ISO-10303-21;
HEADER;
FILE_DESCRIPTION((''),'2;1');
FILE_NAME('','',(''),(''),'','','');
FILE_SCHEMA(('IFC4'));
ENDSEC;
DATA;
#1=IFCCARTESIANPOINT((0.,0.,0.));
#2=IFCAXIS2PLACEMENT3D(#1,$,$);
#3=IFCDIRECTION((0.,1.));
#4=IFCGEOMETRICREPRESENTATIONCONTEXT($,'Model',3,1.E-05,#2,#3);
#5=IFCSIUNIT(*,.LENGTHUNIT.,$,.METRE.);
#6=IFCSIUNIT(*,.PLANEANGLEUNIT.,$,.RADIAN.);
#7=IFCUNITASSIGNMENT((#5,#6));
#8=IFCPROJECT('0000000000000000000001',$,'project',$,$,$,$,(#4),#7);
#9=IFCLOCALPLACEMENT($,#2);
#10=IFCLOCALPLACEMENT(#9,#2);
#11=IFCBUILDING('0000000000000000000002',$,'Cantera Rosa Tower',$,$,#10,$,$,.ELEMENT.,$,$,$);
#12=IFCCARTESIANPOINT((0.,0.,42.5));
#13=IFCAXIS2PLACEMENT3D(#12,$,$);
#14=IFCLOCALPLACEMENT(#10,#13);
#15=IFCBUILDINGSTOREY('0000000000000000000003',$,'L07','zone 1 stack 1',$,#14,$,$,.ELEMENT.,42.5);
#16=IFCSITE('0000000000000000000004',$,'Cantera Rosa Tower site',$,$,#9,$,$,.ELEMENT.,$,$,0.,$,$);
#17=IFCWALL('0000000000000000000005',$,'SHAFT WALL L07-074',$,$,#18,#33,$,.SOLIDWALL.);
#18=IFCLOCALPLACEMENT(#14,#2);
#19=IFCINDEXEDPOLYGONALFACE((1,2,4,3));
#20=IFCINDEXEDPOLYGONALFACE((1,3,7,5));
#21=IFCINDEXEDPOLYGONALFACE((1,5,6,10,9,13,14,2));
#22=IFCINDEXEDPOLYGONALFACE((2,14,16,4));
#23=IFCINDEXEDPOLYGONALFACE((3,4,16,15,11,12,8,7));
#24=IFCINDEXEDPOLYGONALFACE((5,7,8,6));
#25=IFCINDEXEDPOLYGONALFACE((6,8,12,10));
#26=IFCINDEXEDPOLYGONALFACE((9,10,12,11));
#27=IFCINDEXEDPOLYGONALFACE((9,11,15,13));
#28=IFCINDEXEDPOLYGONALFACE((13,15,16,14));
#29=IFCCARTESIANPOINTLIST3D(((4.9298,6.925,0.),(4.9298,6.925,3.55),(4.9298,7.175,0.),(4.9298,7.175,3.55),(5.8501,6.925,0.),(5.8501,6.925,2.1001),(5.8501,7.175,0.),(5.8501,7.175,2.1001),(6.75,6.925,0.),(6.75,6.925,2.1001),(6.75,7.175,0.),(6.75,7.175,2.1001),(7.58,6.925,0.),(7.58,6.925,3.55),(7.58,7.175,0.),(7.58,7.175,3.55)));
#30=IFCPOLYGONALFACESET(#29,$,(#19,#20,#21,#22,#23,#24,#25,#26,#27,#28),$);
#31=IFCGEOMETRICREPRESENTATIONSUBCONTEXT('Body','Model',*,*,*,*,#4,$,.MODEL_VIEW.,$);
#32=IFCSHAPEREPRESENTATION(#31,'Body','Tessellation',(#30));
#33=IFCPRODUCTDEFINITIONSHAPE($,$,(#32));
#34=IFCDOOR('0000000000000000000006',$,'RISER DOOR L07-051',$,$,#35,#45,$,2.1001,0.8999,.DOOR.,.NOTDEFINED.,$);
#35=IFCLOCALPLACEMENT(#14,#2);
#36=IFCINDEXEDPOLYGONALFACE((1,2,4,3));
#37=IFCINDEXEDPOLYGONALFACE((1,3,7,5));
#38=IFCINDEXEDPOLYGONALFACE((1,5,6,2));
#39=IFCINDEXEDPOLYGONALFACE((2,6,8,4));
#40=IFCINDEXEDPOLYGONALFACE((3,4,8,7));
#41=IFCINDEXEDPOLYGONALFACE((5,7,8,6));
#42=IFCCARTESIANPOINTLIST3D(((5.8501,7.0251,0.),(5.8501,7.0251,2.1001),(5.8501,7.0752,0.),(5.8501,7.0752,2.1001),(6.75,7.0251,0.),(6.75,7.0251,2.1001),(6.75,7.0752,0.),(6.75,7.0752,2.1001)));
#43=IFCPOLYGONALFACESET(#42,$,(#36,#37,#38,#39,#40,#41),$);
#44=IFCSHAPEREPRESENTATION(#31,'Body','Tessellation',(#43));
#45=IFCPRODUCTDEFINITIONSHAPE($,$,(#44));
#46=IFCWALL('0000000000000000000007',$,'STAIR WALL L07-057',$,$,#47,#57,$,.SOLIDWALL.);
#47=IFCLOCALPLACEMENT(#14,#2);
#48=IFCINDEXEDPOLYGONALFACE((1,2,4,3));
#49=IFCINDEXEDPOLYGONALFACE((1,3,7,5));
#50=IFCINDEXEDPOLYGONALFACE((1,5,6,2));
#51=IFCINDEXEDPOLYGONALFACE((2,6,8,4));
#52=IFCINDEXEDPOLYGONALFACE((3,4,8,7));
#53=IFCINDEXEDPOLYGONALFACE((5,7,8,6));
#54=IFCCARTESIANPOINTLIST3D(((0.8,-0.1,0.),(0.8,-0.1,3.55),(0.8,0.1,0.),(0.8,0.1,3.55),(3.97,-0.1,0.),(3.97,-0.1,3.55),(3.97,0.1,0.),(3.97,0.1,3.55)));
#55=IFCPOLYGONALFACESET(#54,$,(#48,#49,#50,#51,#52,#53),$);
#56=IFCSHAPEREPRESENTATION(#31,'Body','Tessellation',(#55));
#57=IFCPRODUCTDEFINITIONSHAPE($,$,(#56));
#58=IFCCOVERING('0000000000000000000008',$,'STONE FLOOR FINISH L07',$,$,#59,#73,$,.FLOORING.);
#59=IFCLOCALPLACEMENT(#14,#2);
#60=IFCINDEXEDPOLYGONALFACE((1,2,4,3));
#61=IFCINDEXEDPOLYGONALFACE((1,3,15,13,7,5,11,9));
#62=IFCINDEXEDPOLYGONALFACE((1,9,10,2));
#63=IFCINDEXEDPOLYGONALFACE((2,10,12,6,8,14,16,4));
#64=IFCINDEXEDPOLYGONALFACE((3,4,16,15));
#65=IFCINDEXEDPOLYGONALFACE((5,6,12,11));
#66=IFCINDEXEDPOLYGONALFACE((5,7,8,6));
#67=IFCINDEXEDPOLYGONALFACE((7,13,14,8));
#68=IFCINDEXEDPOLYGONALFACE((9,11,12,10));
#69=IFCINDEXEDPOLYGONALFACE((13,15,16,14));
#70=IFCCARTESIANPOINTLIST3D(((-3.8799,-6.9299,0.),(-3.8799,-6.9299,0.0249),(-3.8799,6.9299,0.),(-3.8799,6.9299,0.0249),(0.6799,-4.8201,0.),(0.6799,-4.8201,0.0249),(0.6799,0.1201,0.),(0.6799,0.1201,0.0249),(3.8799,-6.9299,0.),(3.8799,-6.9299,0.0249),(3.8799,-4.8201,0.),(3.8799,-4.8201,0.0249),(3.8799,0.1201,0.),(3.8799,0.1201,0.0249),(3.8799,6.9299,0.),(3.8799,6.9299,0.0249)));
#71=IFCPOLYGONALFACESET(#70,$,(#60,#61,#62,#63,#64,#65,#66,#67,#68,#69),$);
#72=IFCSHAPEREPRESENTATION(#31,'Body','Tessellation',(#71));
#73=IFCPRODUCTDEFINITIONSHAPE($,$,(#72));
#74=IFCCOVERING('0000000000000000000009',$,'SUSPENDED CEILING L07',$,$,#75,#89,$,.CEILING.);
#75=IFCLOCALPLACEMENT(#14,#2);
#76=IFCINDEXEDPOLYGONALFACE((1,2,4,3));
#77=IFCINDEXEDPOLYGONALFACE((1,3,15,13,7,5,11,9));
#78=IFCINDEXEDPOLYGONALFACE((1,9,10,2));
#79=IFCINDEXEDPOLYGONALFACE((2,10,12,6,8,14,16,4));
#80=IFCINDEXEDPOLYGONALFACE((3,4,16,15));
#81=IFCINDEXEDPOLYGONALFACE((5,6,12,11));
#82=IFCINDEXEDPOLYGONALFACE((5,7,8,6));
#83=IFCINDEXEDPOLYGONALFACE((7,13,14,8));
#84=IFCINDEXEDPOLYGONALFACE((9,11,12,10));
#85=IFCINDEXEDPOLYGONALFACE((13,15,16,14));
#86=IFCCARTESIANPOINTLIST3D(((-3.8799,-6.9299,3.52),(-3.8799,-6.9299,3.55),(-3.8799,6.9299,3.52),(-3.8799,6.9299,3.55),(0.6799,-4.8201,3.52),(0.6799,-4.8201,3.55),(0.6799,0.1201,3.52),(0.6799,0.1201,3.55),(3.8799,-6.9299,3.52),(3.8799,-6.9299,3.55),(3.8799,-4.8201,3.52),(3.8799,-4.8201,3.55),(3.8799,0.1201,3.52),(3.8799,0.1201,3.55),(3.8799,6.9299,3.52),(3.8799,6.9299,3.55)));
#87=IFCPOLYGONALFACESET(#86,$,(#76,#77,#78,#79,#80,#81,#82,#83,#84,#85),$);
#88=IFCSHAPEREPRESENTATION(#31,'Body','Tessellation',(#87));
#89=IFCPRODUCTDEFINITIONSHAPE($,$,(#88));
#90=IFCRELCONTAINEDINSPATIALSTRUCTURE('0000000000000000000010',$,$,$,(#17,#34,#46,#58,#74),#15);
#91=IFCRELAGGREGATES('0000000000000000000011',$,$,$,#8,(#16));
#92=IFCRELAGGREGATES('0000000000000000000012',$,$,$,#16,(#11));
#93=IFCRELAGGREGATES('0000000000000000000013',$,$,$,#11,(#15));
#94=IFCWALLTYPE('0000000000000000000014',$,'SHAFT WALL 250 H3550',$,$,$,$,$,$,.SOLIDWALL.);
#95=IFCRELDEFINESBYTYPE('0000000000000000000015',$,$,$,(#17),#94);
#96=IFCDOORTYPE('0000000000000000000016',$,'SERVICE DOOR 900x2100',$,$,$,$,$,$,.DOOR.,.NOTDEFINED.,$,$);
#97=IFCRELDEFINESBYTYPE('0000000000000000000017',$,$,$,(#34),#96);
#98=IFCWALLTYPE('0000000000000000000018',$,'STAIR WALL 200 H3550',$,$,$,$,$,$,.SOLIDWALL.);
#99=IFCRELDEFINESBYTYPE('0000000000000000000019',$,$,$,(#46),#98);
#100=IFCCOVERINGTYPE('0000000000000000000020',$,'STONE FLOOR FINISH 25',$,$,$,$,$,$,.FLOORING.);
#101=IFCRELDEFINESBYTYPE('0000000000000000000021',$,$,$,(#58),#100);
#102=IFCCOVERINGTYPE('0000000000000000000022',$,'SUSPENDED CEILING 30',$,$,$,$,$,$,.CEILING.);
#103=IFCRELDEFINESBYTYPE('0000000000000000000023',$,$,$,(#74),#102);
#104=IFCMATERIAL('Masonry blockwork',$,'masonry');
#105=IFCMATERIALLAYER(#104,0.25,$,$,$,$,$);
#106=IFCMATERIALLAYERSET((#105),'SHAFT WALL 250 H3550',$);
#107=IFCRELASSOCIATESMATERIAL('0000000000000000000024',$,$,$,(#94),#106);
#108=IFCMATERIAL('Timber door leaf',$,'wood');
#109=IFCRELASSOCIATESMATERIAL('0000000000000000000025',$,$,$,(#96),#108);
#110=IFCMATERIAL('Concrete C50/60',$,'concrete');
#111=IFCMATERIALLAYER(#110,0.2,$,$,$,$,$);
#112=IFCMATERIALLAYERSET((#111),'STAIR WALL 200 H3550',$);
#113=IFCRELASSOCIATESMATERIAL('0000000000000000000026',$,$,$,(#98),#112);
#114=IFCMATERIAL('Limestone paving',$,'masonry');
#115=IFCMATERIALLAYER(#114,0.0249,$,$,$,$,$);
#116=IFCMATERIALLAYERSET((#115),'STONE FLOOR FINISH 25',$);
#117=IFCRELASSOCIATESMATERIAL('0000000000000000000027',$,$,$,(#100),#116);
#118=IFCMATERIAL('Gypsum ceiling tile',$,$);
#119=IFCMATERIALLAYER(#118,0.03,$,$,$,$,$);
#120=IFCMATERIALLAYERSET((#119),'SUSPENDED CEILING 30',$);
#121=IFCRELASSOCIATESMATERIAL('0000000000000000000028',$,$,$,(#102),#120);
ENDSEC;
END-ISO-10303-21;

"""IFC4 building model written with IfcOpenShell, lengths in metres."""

from ifc_helpers import new_model, si_unit, direction, frame, frame_2d, origin, place, context, subcontext, project, spatial, polyline, rectangle, outline, extrude, material, layer, layer_set, type_object, element, fill, save


model = new_model("IFC4")

# Units and contexts
model_context = context("Model", 3, precision=1e-05, world=origin(), true_north=direction((0.0, 1.0)))
body_context = subcontext(model_context, "Body", "Model", "MODEL_VIEW")
ifc_project = project(units=[si_unit("LENGTHUNIT", "METRE"), si_unit("PLANEANGLEUNIT", "RADIAN")], contexts=[model_context])

# Site, building, storey
site_placement = place(None, origin())
site = spatial("IfcSite", under=ifc_project, at=site_placement, Name="Cantera Rosa Tower site", CompositionType="ELEMENT", RefElevation=0.0)
building_placement = place(site_placement, origin())
building = spatial("IfcBuilding", under=site, at=building_placement, Name="Cantera Rosa Tower", CompositionType="ELEMENT")
storey_placement = place(building_placement, frame((0.0, 0.0, 42.5)))
storey = spatial("IfcBuildingStorey", under=building, at=storey_placement, Name="L07", Description="zone 1 stack 1", CompositionType="ELEMENT", Elevation=42.5)

# Shared definitions
ifc_material_1 = material(Name="Masonry blockwork", Category="masonry")
ifc_layer_1 = layer(ifc_material_1, 0.25)
ifc_layer_set_1 = layer_set([ifc_layer_1], Name="SHAFT WALL 250 H3550")
wall_type_1 = type_object("IfcWallType", Name="SHAFT WALL 250 H3550", PredefinedType="SOLIDWALL", material=ifc_layer_set_1)

# Wall, opening, door
wall_1_placement = place(storey_placement, frame((7.5801, 7.05, 0.0), z_axis=(0.0, 0.0, 1.0), x_axis=(-1.0, 0.0, 0.0)))
wall_1 = element("IfcWall", 1, at=wall_1_placement, inside=storey, type_object=wall_type_1, Name="SHAFT WALL L07-074", PredefinedType="SOLIDWALL", context=body_context, shape_type="SweptSolid", body=[
    extrude(rectangle(XDim=2.6501, YDim=0.25, at=frame_2d((1.3252, 0.0))), origin(), (0.0, 0.0, 1.0), 3.55),
])
opening_placement = place(wall_1_placement, frame((0.8301, 0.0, 0.0)))
opening = element("IfcOpeningElement", 2, at=opening_placement, cuts=wall_1, PredefinedType="OPENING", context=body_context, shape_type="SweptSolid", body=[
    extrude(rectangle(XDim=0.8999, YDim=2.1001, at=frame_2d((0.45, 1.05))), frame((0.0, 0.135, 0.0), z_axis=(0.0, -1.0, 0.0), x_axis=(1.0, 0.0, 0.0)), (0.0, 0.0, 1.0), 0.27),
])
ifc_material_2 = material(Name="Timber door leaf", Category="wood")
door_type = type_object("IfcDoorType", Name="SERVICE DOOR 900x2100", OperationType="NOTDEFINED", PredefinedType="DOOR", material=ifc_material_2)
door_placement = place(opening_placement, origin())
door = element("IfcDoor", 3, at=door_placement, inside=storey, type_object=door_type, Name="RISER DOOR L07-051", OperationType="NOTDEFINED", OverallHeight=2.1001, OverallWidth=0.8999, PredefinedType="DOOR", context=body_context, shape_type="SweptSolid", body=[
    extrude(rectangle(XDim=0.8999, YDim=2.1001, at=frame_2d((0.45, 1.05))), frame((0.0, 0.0249, 0.0), z_axis=(0.0, -1.0, 0.0), x_axis=(1.0, 0.0, 0.0)), (0.0, 0.0, 1.0), 0.05),
])
fill(opening, door)

# Wall
ifc_material_3 = material(Name="Concrete C50/60", Category="concrete")
ifc_layer_2 = layer(ifc_material_3, 0.2)
ifc_layer_set_2 = layer_set([ifc_layer_2], Name="STAIR WALL 200 H3550")
wall_type_2 = type_object("IfcWallType", Name="STAIR WALL 200 H3550", PredefinedType="SOLIDWALL", material=ifc_layer_set_2)
wall_2_placement = place(storey_placement, frame((0.8, 0.0, 0.0), z_axis=(0.0, 0.0, 1.0), x_axis=(1.0, 0.0, 0.0)))
element("IfcWall", 4, at=wall_2_placement, inside=storey, type_object=wall_type_2, Name="STAIR WALL L07-057", PredefinedType="SOLIDWALL", context=body_context, shape_type="SweptSolid", body=[
    extrude(rectangle(XDim=3.1699, YDim=0.2, at=frame_2d((1.585, 0.0))), origin(), (0.0, 0.0, 1.0), 3.55),
])

# Coverings
ifc_material_4 = material(Name="Limestone paving", Category="masonry")
ifc_layer_3 = layer(ifc_material_4, 0.0249)
ifc_layer_set_3 = layer_set([ifc_layer_3], Name="STONE FLOOR FINISH 25")
covering_type_1 = type_object("IfcCoveringType", Name="STONE FLOOR FINISH 25", PredefinedType="FLOORING", material=ifc_layer_set_3)
covering_1_placement = place(storey_placement, origin())
element("IfcCovering", 5, at=covering_1_placement, inside=storey, type_object=covering_type_1, Name="STONE FLOOR FINISH L07", PredefinedType="FLOORING", context=body_context, shape_type="SweptSolid", body=[
    extrude(outline(polyline([(3.8799, 6.9299), (3.8799, 0.1201), (0.6799, 0.1201), (0.6799, -4.8201), (3.8799, -4.8201), (3.8799, -6.9299), (-3.8799, -6.9299), (-3.8799, 6.9299), (3.8799, 6.9299)])), origin(), (0.0, 0.0, 1.0), 0.0249),
])
ifc_material_5 = material(Name="Gypsum ceiling tile")
ifc_layer_4 = layer(ifc_material_5, 0.03)
ifc_layer_set_4 = layer_set([ifc_layer_4], Name="SUSPENDED CEILING 30")
covering_type_2 = type_object("IfcCoveringType", Name="SUSPENDED CEILING 30", PredefinedType="CEILING", material=ifc_layer_set_4)
covering_2_placement = place(storey_placement, frame((0.0, 0.0, 3.52)))
element("IfcCovering", 6, at=covering_2_placement, inside=storey, type_object=covering_type_2, Name="SUSPENDED CEILING L07", PredefinedType="CEILING", context=body_context, shape_type="SweptSolid", body=[
    extrude(outline(polyline([(3.8799, 6.9299), (3.8799, 0.1201), (0.6799, 0.1201), (0.6799, -4.8201), (3.8799, -4.8201), (3.8799, -6.9299), (-3.8799, -6.9299), (-3.8799, 6.9299), (3.8799, 6.9299)])), origin(), (0.0, 0.0, 1.0), 0.03),
])

save(model, "model.ifc")
